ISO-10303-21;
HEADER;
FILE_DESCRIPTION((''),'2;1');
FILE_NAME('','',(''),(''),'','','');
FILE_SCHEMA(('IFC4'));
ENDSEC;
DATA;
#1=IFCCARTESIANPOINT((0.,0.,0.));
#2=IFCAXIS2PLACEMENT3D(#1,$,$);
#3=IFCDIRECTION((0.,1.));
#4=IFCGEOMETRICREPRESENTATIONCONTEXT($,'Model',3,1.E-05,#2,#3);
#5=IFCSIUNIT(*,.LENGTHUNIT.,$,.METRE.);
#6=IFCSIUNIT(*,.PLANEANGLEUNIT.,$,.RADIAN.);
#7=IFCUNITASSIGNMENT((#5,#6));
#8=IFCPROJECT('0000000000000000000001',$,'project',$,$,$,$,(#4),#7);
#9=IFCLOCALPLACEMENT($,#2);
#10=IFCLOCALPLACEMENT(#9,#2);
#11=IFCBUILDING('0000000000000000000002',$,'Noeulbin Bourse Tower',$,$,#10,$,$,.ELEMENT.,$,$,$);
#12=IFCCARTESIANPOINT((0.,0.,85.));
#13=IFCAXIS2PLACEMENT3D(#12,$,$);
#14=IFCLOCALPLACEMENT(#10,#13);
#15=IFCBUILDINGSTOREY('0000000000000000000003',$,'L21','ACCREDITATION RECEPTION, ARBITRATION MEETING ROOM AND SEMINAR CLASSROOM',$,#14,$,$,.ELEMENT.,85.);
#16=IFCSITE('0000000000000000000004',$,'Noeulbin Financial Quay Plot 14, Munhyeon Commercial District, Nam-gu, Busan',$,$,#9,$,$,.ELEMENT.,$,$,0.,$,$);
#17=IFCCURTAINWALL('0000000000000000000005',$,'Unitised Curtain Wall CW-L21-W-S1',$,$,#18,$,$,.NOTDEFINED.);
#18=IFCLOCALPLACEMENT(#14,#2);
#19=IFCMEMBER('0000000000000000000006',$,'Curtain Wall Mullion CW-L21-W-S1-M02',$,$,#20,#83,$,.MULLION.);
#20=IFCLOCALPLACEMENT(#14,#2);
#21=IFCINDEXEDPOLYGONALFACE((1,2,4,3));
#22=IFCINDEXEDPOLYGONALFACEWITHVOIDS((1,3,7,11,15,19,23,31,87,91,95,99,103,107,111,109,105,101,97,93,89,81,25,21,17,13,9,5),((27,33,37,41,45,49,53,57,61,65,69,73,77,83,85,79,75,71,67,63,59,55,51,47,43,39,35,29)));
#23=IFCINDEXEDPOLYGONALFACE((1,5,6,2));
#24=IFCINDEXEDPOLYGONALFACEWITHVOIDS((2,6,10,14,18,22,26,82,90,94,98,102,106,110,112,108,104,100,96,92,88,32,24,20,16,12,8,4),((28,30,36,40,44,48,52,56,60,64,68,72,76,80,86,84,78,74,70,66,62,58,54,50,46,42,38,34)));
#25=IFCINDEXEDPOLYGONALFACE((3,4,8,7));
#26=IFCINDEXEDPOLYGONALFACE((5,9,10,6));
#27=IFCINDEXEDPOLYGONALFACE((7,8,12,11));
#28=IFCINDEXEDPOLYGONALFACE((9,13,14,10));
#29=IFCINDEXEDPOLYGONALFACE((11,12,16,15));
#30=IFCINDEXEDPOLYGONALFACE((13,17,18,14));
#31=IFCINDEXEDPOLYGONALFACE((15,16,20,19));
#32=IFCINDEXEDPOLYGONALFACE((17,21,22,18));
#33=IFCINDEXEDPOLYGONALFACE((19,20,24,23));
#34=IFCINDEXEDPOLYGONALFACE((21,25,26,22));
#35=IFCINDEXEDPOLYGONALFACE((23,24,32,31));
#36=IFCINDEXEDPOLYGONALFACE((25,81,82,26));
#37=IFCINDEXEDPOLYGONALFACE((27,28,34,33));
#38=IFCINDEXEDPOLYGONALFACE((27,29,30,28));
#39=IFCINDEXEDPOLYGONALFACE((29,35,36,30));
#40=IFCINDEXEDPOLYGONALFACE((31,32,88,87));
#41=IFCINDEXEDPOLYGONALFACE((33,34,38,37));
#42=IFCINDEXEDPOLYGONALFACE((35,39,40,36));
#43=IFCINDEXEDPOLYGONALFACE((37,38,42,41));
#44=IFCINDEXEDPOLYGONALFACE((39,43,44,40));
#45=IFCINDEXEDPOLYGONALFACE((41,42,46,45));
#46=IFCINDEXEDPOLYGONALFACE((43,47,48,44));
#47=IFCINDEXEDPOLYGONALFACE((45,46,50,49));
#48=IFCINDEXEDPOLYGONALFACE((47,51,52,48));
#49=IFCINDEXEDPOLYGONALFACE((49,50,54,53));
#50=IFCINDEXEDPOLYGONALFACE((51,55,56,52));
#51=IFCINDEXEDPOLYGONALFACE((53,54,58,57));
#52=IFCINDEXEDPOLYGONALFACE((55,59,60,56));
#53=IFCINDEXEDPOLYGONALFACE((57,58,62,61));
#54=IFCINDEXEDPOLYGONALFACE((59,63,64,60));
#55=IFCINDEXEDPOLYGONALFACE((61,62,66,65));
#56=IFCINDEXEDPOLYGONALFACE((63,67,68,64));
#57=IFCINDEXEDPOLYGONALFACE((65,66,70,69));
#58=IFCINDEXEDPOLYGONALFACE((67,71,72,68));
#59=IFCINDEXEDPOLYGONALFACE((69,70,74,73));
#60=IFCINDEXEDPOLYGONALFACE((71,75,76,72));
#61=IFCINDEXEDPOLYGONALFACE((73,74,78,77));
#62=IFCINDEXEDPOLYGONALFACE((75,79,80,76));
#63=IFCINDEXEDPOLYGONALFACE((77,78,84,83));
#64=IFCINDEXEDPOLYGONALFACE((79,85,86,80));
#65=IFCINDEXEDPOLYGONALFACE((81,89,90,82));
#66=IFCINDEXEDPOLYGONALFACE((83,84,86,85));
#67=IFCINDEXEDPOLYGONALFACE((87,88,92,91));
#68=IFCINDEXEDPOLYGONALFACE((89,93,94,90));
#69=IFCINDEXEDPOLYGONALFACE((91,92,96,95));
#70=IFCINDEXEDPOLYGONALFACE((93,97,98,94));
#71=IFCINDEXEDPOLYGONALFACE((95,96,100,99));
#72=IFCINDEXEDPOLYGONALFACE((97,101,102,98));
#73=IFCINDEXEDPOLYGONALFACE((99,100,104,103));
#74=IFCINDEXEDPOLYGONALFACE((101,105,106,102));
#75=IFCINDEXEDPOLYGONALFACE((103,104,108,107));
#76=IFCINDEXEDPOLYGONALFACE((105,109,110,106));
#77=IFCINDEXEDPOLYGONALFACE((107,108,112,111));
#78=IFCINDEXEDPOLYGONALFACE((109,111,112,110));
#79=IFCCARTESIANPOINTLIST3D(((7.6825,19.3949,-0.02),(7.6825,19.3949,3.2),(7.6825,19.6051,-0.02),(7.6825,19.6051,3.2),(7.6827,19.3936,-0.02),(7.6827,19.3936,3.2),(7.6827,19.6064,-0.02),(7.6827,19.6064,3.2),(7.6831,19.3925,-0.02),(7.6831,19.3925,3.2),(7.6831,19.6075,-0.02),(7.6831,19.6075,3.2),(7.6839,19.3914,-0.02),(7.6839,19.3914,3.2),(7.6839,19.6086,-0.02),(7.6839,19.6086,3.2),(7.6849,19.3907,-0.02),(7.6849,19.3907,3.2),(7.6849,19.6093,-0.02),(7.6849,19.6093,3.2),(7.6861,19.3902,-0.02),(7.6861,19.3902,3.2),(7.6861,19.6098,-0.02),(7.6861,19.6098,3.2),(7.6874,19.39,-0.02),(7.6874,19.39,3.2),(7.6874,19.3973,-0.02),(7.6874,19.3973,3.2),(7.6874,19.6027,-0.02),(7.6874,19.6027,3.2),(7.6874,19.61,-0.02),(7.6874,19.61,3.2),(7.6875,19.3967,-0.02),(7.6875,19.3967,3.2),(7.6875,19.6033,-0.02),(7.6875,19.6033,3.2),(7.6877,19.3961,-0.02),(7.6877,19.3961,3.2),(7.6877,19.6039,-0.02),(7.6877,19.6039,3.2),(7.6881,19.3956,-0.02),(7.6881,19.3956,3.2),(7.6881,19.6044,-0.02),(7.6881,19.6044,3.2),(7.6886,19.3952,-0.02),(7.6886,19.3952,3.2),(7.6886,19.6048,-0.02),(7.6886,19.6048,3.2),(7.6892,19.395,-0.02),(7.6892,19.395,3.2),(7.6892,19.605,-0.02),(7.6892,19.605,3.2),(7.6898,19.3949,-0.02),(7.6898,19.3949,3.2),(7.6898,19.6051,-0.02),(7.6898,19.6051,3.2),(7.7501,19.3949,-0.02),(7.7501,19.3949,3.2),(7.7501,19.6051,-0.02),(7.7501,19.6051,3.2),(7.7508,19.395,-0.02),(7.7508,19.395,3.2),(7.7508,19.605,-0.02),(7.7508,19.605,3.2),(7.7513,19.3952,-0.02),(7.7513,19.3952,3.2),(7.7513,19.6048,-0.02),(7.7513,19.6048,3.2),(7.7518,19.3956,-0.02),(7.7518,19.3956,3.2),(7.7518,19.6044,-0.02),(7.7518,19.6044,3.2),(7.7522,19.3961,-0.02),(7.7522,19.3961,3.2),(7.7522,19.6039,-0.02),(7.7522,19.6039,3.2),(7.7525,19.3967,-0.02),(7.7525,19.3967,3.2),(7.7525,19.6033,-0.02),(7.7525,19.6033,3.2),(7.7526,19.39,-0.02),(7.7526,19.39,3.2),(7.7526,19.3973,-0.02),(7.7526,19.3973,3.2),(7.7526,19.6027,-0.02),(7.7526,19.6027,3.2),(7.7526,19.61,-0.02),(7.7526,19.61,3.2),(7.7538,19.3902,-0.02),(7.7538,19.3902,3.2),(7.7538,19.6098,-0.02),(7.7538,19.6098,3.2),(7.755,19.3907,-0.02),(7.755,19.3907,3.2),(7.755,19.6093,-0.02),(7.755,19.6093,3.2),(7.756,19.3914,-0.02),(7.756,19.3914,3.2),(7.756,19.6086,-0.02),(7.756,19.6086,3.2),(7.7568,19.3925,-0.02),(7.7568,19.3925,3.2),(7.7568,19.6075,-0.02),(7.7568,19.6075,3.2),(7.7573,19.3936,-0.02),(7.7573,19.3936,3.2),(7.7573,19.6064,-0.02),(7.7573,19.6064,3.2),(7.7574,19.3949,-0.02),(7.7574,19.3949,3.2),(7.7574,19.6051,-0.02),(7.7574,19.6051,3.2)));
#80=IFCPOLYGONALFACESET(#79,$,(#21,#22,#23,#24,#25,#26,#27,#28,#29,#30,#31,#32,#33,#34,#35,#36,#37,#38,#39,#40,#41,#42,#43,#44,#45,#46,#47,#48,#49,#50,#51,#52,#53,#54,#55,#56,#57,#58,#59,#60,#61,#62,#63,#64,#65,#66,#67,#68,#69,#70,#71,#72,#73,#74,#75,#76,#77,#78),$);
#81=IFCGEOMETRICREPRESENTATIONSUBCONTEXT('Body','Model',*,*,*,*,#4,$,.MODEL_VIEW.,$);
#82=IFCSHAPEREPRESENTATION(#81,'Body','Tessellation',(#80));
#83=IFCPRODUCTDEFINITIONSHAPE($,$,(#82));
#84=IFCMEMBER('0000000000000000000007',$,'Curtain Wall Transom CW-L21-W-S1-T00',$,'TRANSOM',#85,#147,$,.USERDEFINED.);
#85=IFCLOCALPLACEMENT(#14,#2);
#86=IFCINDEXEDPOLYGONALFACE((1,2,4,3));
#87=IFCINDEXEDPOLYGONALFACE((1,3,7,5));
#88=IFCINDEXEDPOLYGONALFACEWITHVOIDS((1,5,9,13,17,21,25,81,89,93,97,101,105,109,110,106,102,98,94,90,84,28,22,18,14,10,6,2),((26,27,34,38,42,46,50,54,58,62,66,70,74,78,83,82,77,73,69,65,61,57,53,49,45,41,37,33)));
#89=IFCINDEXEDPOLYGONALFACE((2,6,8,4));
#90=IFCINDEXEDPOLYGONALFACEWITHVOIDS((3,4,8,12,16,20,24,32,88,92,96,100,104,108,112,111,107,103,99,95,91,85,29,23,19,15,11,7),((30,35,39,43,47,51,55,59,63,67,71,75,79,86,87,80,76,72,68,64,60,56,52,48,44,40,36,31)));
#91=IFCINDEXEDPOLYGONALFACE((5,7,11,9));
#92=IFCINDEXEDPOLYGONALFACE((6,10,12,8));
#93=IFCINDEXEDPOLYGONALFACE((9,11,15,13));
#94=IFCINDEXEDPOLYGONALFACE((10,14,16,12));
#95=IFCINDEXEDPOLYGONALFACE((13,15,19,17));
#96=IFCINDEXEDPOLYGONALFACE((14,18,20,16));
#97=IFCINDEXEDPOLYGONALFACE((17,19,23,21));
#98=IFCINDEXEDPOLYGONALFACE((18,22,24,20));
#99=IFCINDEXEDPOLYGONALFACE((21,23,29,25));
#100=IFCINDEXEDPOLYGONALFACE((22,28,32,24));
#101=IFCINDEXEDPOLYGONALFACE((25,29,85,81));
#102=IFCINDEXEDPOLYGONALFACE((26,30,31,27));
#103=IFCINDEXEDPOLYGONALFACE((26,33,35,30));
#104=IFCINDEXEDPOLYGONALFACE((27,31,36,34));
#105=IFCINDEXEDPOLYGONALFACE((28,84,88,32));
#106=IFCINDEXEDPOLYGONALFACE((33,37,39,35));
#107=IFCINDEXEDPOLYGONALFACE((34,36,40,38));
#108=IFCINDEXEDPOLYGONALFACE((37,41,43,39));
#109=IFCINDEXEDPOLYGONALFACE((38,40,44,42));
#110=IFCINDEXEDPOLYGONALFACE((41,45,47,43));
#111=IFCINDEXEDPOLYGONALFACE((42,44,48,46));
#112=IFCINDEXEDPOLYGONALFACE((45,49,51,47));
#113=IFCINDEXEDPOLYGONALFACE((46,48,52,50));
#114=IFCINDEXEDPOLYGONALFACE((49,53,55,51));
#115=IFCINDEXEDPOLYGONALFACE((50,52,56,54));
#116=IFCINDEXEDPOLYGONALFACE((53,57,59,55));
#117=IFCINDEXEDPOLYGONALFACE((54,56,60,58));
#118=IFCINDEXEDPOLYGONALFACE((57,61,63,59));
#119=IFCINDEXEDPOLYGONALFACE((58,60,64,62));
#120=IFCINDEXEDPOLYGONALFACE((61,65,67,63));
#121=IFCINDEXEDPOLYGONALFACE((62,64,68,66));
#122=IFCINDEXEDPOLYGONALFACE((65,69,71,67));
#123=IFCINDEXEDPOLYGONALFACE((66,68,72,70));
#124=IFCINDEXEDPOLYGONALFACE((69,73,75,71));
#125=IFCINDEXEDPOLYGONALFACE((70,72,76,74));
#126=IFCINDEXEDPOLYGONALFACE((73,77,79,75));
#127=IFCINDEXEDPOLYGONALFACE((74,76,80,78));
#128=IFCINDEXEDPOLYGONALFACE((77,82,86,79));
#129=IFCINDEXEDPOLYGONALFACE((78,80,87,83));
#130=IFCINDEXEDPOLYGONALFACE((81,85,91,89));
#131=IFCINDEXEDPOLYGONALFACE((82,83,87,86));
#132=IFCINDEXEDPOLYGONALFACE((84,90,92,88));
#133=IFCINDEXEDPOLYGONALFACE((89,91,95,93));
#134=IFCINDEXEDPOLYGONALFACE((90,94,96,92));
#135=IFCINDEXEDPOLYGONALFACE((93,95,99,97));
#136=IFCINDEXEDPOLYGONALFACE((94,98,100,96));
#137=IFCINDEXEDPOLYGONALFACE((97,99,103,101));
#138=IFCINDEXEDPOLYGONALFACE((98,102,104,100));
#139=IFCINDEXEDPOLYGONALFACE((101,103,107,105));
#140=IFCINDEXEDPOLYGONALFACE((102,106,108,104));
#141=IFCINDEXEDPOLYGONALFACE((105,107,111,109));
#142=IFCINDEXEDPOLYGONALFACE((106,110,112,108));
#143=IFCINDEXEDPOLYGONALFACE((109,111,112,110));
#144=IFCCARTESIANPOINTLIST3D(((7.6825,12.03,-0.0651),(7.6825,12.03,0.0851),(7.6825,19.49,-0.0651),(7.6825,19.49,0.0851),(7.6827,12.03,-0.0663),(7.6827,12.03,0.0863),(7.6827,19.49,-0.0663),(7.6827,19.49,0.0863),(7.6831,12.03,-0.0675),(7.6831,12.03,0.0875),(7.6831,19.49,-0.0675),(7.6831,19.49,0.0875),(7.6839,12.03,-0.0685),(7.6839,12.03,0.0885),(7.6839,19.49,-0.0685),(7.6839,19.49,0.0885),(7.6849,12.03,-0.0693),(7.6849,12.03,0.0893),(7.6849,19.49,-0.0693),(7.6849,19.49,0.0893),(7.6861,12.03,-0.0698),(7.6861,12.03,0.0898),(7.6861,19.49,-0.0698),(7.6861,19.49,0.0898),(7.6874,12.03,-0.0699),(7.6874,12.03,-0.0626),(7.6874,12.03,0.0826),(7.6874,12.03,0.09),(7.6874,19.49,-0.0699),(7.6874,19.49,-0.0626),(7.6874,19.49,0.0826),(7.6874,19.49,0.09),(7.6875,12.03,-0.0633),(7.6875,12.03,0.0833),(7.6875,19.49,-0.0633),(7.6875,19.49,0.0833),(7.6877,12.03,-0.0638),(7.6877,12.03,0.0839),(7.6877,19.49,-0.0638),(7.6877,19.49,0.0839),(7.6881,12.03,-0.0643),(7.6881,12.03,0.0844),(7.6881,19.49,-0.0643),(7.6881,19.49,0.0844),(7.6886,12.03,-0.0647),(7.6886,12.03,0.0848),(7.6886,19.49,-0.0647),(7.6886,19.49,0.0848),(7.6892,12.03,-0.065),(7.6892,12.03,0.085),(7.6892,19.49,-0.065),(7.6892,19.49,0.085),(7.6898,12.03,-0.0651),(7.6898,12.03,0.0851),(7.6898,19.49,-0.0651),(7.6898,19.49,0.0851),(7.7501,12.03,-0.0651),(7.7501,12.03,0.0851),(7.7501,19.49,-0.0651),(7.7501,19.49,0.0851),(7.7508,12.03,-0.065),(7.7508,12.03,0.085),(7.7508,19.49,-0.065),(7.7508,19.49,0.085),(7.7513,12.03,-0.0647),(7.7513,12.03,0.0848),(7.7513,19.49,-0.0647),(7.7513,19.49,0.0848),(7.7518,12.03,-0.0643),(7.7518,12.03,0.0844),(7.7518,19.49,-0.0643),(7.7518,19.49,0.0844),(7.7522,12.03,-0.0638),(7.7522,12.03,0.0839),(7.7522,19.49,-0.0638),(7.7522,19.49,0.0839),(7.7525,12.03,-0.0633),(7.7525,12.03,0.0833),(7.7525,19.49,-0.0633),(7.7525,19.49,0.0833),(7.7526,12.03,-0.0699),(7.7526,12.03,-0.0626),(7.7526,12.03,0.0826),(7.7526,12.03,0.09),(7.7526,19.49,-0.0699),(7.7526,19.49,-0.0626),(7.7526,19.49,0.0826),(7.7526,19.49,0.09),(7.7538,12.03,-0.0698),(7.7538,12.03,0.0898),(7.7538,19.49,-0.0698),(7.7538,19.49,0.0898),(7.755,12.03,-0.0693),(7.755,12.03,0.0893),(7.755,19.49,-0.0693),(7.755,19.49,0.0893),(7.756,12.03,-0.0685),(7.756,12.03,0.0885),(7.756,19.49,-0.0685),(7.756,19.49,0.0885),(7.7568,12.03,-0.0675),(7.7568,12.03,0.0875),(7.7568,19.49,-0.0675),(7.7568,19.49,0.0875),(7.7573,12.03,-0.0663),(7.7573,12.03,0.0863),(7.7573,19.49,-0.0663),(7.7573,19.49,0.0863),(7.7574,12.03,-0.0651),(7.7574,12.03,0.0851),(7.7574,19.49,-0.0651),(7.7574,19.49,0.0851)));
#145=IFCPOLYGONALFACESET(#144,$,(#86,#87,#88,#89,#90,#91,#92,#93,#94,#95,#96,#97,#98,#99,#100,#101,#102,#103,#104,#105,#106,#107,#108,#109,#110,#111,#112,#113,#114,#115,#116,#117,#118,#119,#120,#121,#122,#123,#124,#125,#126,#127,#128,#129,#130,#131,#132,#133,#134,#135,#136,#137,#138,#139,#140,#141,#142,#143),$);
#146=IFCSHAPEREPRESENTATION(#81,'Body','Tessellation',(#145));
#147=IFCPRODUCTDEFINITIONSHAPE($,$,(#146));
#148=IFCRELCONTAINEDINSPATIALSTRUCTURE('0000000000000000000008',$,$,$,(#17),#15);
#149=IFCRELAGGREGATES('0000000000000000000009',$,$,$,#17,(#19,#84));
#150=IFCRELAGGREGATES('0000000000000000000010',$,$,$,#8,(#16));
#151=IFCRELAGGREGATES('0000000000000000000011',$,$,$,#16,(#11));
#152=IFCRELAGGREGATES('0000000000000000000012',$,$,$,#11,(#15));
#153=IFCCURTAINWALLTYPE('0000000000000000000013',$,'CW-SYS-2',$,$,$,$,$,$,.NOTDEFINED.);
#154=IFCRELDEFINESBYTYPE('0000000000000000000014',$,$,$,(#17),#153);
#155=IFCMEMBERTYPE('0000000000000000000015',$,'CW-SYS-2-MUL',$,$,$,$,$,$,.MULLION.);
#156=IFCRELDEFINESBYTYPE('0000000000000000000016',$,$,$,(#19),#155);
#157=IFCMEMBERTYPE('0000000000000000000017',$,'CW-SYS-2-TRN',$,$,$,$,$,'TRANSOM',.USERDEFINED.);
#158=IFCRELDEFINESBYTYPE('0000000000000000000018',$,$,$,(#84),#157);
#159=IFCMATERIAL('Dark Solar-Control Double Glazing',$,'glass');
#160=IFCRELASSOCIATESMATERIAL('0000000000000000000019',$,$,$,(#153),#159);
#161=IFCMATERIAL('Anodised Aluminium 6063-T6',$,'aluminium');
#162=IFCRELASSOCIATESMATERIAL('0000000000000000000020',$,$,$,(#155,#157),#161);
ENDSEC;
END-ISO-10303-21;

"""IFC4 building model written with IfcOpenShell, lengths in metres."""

from ifc_helpers import new_model, si_unit, direction, frame, origin, origin_2d, place, context, subcontext, project, spatial, hollow_rectangle, extrude, material, material_profile, profile_set, type_object, element, aggregate, save


model = new_model("IFC4")

# Units and contexts
model_context = context("Model", 3, precision=1e-05, world=origin(), true_north=direction((0.0, 1.0)))
body_context = subcontext(model_context, "Body", "Model", "MODEL_VIEW")
ifc_project = project(units=[si_unit("LENGTHUNIT", "METRE"), si_unit("PLANEANGLEUNIT", "RADIAN")], contexts=[model_context])

# Site, building, storey
site_placement = place(None, origin())
site = spatial("IfcSite", under=ifc_project, at=site_placement, Name="Noeulbin Financial Quay Plot 14, Munhyeon Commercial District, Nam-gu, Busan", CompositionType="ELEMENT", RefElevation=0.0)
building_placement = place(site_placement, origin())
building = spatial("IfcBuilding", under=site, at=building_placement, Name="Noeulbin Bourse Tower", CompositionType="ELEMENT")
storey_placement = place(building_placement, frame((0.0, 0.0, 85.0)))
storey = spatial("IfcBuildingStorey", under=building, at=storey_placement, Name="L21", Description="ACCREDITATION RECEPTION, ARBITRATION MEETING ROOM AND SEMINAR CLASSROOM", CompositionType="ELEMENT", Elevation=85.0)

# Curtain wall, members
ifc_material_1 = material(Name="Dark Solar-Control Double Glazing", Category="glass")
curtain_wall_type = type_object("IfcCurtainWallType", Name="CW-SYS-2", PredefinedType="NOTDEFINED", material=ifc_material_1)
curtain_wall_placement = place(storey_placement, origin())
curtain_wall = element("IfcCurtainWall", 1, at=curtain_wall_placement, inside=storey, type_object=curtain_wall_type, Name="Unitised Curtain Wall CW-L21-W-S1", PredefinedType="NOTDEFINED")
ifc_material_2 = material(Name="Anodised Aluminium 6063-T6", Category="aluminium")
ifc_material_profile_1 = material_profile(ifc_material_2, hollow_rectangle(XDim=0.075, YDim=0.22, WallThickness=0.0049, InnerFilletRadius=0.0024, OuterFilletRadius=0.0049, at=origin_2d()), Name="ALU-MULL-75x220x5", Category="LoadBearing")
ifc_profile_set_1 = profile_set([ifc_material_profile_1], Name="Anodised Aluminium 6063-T6")
member_type_1 = type_object("IfcMemberType", Name="CW-SYS-2-MUL", PredefinedType="MULLION", material=ifc_profile_set_1)
member_1_placement = place(storey_placement, frame((7.72, 19.5, -0.02), z_axis=(0.0, 0.0, 1.0), x_axis=(1.0, 0.0, 0.0)))
member_1 = element("IfcMember", 2, at=member_1_placement, type_object=member_type_1, Name="Curtain Wall Mullion CW-L21-W-S1-M02", PredefinedType="MULLION", context=body_context, shape_type="SweptSolid", body=[
    extrude(hollow_rectangle(XDim=0.075, YDim=0.22, WallThickness=0.0049, InnerFilletRadius=0.0024, OuterFilletRadius=0.0049, at=origin_2d()), origin(), (0.0, 0.0, 1.0), 3.22),
])
ifc_material_profile_2 = material_profile(ifc_material_2, hollow_rectangle(XDim=0.075, YDim=0.1599, WallThickness=0.0049, InnerFilletRadius=0.0024, OuterFilletRadius=0.0049, at=origin_2d()), Name="ALU-TRAN-75x160x5", Category="LoadBearing")
ifc_profile_set_2 = profile_set([ifc_material_profile_2], Name="Anodised Aluminium 6063-T6")
member_type_2 = type_object("IfcMemberType", Name="CW-SYS-2-TRN", ElementType="TRANSOM", PredefinedType="USERDEFINED", material=ifc_profile_set_2)
member_2_placement = place(storey_placement, frame((7.72, 12.03, 0.01), z_axis=(0.0, 1.0, 0.0), x_axis=(-1.0, 0.0, 0.0)))
member_2 = element("IfcMember", 3, at=member_2_placement, type_object=member_type_2, Name="Curtain Wall Transom CW-L21-W-S1-T00", ObjectType="TRANSOM", PredefinedType="USERDEFINED", context=body_context, shape_type="SweptSolid", body=[
    extrude(hollow_rectangle(XDim=0.075, YDim=0.1599, WallThickness=0.0049, InnerFilletRadius=0.0024, OuterFilletRadius=0.0049, at=origin_2d()), origin(), (0.0, 0.0, 1.0), 7.46),
])
aggregate(curtain_wall, [member_1, member_2])

save(model, "model.ifc")
